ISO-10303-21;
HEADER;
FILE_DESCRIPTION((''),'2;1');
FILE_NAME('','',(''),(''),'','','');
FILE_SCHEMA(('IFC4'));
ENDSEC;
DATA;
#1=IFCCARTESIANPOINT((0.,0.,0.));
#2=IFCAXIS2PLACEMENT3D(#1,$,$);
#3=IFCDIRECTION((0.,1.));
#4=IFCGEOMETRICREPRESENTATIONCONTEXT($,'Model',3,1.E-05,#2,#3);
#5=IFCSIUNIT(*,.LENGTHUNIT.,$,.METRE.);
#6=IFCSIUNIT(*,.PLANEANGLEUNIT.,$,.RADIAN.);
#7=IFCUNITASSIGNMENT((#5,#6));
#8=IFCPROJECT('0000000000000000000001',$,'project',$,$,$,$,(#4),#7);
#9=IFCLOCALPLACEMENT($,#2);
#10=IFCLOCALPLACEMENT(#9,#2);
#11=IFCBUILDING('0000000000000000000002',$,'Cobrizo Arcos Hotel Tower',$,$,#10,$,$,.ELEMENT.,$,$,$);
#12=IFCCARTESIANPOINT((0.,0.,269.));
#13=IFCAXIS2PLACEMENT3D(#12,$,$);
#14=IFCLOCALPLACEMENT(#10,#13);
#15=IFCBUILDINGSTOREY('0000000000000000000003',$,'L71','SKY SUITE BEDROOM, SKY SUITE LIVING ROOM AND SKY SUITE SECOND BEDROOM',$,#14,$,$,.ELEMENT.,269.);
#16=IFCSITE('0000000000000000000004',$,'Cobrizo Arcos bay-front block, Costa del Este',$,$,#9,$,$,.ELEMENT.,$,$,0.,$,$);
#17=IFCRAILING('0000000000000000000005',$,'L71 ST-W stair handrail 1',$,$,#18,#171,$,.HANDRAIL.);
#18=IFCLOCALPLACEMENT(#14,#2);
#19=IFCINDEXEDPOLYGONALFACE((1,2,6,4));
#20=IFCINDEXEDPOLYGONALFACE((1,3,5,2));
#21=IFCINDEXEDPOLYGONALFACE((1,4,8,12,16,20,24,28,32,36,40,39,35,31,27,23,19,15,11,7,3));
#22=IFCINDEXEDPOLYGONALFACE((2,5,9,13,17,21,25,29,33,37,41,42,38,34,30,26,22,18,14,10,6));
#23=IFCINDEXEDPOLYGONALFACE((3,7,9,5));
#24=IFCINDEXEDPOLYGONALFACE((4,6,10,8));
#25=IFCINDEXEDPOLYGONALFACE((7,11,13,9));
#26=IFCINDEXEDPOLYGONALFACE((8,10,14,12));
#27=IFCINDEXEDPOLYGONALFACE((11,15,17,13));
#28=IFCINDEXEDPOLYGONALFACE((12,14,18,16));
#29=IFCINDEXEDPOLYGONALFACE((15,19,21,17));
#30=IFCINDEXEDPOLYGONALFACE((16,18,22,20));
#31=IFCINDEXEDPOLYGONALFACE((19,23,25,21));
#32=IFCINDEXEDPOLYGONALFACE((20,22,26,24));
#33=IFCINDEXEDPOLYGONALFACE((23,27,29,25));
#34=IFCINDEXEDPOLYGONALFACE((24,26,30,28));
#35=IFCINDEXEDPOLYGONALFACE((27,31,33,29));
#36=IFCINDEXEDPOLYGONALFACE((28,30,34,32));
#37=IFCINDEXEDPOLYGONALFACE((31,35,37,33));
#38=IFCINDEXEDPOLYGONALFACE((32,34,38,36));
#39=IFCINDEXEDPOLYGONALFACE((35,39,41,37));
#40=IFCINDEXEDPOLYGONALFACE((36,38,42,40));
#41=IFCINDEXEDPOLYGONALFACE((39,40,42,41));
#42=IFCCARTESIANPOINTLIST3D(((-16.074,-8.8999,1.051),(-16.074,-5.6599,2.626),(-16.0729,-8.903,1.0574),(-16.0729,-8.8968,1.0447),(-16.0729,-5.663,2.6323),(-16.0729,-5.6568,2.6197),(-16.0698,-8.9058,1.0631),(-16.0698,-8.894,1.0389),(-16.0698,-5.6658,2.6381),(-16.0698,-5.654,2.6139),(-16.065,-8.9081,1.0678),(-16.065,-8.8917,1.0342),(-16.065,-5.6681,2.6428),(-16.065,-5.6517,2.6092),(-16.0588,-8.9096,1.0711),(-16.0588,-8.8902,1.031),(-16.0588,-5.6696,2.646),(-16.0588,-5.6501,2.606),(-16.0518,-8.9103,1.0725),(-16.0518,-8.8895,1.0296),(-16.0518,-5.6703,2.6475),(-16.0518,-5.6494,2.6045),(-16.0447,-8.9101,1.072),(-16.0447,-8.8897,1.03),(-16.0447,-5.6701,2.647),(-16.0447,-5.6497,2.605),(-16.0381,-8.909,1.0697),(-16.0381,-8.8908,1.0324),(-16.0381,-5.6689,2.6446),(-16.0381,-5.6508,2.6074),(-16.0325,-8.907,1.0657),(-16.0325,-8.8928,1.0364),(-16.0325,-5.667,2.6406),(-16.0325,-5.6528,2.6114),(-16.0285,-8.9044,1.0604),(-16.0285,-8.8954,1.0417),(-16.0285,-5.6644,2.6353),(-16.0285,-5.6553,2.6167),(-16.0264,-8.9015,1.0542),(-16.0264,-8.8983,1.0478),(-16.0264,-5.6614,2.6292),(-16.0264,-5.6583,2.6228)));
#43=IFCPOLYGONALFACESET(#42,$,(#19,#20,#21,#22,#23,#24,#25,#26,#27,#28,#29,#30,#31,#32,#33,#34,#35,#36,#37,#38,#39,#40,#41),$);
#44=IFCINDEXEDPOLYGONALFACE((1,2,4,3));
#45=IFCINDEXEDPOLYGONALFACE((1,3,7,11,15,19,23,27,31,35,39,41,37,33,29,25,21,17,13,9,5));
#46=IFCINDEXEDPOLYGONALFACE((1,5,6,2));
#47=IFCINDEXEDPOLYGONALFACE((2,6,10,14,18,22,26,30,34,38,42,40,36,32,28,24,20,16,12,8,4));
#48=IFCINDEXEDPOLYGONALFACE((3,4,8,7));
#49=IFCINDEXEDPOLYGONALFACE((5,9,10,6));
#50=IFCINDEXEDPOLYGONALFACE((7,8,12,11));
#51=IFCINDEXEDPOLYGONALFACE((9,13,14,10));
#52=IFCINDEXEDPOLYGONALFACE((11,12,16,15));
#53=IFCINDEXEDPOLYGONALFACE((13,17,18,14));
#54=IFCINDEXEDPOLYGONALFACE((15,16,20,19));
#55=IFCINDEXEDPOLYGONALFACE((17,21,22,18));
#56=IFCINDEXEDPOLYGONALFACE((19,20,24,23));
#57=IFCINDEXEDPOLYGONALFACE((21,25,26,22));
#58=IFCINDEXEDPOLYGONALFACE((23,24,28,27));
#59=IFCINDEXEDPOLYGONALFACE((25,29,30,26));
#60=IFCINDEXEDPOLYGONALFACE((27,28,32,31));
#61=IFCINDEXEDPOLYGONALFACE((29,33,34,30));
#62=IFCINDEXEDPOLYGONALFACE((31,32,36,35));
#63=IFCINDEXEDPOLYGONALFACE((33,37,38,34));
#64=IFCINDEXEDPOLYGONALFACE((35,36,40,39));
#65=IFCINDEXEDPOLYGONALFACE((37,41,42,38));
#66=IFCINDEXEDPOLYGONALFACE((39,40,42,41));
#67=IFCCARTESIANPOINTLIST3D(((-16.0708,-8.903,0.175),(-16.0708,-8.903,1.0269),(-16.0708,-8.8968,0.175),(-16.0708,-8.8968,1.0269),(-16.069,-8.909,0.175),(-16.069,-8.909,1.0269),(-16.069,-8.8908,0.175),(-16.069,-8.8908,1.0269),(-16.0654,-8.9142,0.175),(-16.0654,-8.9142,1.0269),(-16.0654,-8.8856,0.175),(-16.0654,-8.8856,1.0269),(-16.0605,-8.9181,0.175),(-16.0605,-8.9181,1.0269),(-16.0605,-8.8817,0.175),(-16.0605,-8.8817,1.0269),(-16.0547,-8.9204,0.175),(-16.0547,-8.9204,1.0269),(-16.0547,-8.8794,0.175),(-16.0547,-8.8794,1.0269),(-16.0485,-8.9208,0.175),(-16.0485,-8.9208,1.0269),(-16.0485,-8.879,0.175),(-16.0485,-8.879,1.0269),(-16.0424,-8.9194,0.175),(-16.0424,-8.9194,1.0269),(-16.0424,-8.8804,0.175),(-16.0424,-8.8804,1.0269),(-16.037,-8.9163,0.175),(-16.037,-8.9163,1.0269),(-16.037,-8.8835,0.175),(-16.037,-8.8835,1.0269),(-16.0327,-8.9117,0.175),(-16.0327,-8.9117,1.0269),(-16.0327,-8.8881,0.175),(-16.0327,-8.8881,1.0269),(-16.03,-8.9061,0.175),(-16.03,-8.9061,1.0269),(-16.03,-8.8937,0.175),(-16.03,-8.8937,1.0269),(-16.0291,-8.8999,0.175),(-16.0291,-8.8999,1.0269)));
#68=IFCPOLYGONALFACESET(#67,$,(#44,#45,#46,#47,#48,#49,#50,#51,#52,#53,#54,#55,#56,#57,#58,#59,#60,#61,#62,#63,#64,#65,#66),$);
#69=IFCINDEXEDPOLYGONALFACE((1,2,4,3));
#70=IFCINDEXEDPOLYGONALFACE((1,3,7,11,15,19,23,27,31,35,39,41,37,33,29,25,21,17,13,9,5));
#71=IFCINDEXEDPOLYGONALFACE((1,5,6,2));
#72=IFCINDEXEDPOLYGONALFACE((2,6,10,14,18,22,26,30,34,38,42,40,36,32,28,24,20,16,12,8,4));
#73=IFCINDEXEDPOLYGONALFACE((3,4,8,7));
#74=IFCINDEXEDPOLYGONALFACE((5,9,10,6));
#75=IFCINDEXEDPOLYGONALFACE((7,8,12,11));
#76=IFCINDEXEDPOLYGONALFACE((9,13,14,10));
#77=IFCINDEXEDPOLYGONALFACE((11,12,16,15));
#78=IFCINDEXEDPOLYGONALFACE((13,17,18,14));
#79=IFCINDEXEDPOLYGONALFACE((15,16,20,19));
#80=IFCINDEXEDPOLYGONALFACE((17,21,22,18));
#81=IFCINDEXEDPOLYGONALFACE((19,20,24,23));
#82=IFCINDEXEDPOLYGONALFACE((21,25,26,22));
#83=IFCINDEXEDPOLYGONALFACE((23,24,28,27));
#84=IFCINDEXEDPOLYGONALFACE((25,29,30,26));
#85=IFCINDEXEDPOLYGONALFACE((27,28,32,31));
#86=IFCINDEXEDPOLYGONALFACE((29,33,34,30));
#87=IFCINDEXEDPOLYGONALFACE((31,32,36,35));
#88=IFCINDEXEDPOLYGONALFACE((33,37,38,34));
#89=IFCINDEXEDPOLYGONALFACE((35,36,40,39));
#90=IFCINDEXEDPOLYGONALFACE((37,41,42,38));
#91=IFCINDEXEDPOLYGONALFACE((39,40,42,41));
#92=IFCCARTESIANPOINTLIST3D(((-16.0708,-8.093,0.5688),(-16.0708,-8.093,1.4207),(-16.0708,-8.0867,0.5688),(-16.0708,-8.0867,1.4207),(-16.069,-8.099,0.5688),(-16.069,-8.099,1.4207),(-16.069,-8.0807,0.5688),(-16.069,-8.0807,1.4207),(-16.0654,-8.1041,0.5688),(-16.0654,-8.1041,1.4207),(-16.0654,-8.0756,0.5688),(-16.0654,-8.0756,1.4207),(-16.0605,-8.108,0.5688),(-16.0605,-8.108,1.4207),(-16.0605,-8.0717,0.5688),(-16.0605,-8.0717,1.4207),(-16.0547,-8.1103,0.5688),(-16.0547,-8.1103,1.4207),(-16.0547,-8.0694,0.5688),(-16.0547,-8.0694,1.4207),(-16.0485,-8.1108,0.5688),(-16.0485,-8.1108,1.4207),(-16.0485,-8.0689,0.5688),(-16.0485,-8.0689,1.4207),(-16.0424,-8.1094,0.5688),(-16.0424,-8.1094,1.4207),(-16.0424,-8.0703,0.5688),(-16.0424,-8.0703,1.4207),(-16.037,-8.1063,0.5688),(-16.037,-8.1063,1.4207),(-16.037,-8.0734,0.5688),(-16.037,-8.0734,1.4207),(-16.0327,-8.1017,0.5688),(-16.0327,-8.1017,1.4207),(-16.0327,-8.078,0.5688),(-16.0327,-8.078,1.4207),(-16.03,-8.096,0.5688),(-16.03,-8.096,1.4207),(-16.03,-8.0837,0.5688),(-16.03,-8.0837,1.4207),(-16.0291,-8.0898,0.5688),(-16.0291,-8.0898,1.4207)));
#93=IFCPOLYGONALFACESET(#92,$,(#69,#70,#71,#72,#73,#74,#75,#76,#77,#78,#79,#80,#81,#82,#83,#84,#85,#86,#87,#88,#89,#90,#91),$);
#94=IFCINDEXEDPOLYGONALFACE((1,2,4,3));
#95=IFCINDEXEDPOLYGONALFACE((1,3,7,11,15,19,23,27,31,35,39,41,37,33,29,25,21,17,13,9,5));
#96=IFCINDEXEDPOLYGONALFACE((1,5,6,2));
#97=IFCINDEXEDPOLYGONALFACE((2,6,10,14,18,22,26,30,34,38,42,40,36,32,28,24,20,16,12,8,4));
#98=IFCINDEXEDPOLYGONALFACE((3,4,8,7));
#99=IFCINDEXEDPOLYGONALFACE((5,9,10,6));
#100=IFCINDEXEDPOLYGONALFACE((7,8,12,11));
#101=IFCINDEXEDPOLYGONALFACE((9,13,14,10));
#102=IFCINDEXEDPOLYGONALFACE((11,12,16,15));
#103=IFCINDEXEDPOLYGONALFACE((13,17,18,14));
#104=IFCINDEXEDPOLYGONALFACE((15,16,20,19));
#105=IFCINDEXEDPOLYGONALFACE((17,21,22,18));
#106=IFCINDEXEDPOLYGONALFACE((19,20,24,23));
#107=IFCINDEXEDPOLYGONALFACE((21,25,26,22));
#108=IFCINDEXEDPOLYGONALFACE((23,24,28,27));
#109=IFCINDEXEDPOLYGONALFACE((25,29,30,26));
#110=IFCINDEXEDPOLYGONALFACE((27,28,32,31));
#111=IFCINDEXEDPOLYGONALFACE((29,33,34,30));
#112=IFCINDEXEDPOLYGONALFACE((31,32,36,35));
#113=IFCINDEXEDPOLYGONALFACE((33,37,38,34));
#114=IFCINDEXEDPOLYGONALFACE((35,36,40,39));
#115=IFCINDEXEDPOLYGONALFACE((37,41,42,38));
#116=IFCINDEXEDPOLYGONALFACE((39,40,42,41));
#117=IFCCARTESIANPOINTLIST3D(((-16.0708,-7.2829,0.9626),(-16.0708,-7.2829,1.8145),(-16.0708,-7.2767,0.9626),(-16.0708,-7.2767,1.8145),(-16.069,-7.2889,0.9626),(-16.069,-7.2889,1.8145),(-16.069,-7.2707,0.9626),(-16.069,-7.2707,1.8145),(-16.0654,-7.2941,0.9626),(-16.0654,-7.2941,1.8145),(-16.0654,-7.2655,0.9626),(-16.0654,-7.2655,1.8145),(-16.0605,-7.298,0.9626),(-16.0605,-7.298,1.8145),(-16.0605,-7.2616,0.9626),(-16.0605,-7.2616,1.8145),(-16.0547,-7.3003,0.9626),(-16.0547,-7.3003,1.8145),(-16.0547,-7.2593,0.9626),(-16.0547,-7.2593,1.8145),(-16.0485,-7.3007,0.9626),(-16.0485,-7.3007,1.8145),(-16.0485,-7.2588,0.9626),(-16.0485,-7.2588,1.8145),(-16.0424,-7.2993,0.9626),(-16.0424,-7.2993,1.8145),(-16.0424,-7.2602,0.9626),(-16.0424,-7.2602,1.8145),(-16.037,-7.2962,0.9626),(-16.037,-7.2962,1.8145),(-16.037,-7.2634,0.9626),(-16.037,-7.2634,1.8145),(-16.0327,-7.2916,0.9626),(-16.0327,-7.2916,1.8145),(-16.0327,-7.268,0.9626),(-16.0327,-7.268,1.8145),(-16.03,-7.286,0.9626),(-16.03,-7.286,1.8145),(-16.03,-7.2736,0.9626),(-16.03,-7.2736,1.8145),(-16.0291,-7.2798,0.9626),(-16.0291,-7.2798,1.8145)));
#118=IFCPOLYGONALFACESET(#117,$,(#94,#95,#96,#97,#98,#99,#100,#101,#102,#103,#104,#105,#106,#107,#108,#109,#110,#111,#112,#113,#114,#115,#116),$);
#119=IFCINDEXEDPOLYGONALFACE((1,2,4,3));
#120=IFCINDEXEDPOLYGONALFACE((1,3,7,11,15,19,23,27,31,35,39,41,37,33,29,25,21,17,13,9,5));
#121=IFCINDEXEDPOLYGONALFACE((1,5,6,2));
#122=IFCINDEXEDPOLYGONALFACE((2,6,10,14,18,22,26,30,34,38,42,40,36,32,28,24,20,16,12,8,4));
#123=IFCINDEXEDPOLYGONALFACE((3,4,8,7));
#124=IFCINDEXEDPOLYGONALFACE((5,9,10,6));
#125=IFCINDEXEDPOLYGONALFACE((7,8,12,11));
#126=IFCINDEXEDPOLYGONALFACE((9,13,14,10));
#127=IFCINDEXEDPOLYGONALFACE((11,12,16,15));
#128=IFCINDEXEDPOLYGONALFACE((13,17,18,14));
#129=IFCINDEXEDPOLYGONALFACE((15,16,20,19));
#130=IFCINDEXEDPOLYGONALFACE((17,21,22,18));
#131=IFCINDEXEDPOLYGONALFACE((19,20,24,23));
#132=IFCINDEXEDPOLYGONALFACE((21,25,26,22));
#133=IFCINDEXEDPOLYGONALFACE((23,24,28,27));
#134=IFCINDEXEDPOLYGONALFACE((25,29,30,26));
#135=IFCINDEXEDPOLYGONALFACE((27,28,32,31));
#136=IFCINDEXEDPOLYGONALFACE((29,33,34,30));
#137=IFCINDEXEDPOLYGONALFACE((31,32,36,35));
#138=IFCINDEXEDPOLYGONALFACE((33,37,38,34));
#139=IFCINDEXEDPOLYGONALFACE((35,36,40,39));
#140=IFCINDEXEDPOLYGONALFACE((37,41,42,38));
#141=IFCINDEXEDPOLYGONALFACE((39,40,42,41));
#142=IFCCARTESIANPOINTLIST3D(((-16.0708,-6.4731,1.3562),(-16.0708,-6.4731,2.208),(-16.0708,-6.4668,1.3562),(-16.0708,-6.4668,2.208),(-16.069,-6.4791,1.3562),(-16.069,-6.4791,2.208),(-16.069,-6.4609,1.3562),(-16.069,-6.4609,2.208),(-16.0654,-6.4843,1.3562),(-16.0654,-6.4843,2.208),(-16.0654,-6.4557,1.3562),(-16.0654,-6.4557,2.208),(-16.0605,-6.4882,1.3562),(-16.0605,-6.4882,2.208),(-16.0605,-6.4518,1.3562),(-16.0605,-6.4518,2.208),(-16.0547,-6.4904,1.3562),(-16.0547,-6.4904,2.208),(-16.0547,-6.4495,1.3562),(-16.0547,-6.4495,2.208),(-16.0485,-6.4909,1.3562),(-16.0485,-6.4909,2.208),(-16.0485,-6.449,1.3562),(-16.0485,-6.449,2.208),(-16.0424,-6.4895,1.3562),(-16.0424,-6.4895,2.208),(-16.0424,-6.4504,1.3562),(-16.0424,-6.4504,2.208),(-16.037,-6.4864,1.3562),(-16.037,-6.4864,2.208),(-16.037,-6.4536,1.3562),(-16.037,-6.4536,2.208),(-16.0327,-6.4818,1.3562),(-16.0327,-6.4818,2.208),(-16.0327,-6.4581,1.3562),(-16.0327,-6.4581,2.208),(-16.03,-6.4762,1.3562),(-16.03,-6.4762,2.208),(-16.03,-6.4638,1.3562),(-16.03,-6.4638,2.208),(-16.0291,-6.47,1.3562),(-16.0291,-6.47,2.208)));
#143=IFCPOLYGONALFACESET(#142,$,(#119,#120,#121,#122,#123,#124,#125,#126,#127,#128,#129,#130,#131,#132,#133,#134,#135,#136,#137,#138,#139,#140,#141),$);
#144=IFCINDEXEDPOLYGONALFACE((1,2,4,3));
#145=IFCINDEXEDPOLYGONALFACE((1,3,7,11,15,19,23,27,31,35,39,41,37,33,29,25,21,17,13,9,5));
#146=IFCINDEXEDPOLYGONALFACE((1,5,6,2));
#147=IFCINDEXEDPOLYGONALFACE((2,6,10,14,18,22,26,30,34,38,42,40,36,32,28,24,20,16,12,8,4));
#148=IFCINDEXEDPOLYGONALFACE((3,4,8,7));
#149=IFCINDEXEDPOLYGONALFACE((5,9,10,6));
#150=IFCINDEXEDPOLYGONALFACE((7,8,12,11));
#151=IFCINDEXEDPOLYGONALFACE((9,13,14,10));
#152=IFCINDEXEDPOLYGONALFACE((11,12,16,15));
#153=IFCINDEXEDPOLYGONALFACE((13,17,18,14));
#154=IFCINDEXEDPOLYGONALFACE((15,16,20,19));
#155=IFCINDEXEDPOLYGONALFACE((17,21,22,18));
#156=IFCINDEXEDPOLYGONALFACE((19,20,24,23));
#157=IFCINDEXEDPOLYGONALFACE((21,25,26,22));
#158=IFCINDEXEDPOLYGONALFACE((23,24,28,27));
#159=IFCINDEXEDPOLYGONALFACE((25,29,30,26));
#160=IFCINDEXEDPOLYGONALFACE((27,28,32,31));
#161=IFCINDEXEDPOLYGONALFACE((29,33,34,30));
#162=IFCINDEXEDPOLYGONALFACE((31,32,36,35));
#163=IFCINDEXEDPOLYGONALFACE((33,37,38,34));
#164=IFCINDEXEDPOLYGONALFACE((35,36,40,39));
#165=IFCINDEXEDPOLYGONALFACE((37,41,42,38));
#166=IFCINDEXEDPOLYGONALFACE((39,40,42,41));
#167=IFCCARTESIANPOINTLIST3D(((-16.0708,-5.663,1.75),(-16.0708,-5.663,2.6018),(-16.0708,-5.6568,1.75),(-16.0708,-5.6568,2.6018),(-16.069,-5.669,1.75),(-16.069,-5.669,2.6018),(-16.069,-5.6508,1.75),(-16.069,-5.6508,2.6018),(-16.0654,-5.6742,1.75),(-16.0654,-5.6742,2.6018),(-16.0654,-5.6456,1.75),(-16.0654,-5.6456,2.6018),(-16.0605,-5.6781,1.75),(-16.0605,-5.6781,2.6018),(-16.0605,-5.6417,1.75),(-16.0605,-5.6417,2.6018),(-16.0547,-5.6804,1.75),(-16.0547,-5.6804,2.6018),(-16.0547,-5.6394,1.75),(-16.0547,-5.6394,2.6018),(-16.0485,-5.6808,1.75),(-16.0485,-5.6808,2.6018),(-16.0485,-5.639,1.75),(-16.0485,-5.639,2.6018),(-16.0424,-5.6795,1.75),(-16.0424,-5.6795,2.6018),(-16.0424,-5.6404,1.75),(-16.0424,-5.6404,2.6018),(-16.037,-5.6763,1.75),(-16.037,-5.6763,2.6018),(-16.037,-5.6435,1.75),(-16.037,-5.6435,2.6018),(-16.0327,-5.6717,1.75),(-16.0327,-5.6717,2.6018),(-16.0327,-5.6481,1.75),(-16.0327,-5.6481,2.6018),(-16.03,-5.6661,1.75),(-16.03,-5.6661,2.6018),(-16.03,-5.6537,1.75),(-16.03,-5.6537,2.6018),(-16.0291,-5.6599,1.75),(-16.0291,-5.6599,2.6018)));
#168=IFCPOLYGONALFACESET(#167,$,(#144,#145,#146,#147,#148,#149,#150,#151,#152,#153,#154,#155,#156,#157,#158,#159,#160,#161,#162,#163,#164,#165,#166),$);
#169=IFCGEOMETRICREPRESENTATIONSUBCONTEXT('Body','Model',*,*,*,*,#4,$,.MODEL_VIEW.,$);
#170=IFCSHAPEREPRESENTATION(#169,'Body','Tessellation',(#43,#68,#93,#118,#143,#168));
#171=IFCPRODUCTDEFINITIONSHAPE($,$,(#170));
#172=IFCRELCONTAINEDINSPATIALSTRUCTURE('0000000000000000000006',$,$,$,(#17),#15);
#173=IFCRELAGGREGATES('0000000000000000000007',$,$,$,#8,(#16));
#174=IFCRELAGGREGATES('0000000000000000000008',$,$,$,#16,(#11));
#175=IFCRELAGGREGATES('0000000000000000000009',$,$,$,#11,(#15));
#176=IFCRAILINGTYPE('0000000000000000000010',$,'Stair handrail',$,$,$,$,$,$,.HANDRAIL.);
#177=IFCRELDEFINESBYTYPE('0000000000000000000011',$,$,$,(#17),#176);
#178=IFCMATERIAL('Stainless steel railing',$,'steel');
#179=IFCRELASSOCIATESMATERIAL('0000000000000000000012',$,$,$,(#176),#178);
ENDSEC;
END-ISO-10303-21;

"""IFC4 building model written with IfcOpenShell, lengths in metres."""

from ifc_helpers import new_model, si_unit, direction, frame, origin, origin_2d, place, context, subcontext, project, spatial, circle, extrude, material, type_object, element, save


model = new_model("IFC4")

# Units and contexts
model_context = context("Model", 3, precision=1e-05, world=origin(), true_north=direction((0.0, 1.0)))
body_context = subcontext(model_context, "Body", "Model", "MODEL_VIEW")
ifc_project = project(units=[si_unit("LENGTHUNIT", "METRE"), si_unit("PLANEANGLEUNIT", "RADIAN")], contexts=[model_context])

# Site, building, storey
site_placement = place(None, origin())
site = spatial("IfcSite", under=ifc_project, at=site_placement, Name="Cobrizo Arcos bay-front block, Costa del Este", CompositionType="ELEMENT", RefElevation=0.0)
building_placement = place(site_placement, origin())
building = spatial("IfcBuilding", under=site, at=building_placement, Name="Cobrizo Arcos Hotel Tower", CompositionType="ELEMENT")
storey_placement = place(building_placement, frame((0.0, 0.0, 269.0)))
storey = spatial("IfcBuildingStorey", under=building, at=storey_placement, Name="L71", Description="SKY SUITE BEDROOM, SKY SUITE LIVING ROOM AND SKY SUITE SECOND BEDROOM", CompositionType="ELEMENT", Elevation=269.0)

# Railing
ifc_material_1 = material(Name="Stainless steel railing", Category="steel")
railing_type = type_object("IfcRailingType", Name="Stair handrail", PredefinedType="HANDRAIL", material=ifc_material_1)
railing_placement = place(storey_placement, frame((-16.05, -8.8999, 0.175)))
element("IfcRailing", 1, at=railing_placement, inside=storey, type_object=railing_type, Name="L71 ST-W stair handrail 1", PredefinedType="HANDRAIL", context=body_context, shape_type="SweptSolid", body=[
    extrude(circle(Radius=0.0239, at=origin_2d()), frame((0.0, 0.0, 0.876), z_axis=(0.0, 0.899373, 0.437183), x_axis=(-1.0, 0.0, 0.0)), (0.0, 0.0, 1.0), 3.6025),
    extrude(circle(Radius=0.021, at=origin_2d()), origin(), (0.0, 0.0, 1.0), 0.8518),
    extrude(circle(Radius=0.021, at=origin_2d()), frame((0.0, 0.8101, 0.3938)), (0.0, 0.0, 1.0), 0.8518),
    extrude(circle(Radius=0.021, at=origin_2d()), frame((0.0, 1.6201, 0.7876)), (0.0, 0.0, 1.0), 0.8518),
    extrude(circle(Radius=0.021, at=origin_2d()), frame((0.0, 2.4299, 1.1812)), (0.0, 0.0, 1.0), 0.8518),
    extrude(circle(Radius=0.021, at=origin_2d()), frame((0.0, 3.24, 1.575)), (0.0, 0.0, 1.0), 0.8518),
])

save(model, "model.ifc")
